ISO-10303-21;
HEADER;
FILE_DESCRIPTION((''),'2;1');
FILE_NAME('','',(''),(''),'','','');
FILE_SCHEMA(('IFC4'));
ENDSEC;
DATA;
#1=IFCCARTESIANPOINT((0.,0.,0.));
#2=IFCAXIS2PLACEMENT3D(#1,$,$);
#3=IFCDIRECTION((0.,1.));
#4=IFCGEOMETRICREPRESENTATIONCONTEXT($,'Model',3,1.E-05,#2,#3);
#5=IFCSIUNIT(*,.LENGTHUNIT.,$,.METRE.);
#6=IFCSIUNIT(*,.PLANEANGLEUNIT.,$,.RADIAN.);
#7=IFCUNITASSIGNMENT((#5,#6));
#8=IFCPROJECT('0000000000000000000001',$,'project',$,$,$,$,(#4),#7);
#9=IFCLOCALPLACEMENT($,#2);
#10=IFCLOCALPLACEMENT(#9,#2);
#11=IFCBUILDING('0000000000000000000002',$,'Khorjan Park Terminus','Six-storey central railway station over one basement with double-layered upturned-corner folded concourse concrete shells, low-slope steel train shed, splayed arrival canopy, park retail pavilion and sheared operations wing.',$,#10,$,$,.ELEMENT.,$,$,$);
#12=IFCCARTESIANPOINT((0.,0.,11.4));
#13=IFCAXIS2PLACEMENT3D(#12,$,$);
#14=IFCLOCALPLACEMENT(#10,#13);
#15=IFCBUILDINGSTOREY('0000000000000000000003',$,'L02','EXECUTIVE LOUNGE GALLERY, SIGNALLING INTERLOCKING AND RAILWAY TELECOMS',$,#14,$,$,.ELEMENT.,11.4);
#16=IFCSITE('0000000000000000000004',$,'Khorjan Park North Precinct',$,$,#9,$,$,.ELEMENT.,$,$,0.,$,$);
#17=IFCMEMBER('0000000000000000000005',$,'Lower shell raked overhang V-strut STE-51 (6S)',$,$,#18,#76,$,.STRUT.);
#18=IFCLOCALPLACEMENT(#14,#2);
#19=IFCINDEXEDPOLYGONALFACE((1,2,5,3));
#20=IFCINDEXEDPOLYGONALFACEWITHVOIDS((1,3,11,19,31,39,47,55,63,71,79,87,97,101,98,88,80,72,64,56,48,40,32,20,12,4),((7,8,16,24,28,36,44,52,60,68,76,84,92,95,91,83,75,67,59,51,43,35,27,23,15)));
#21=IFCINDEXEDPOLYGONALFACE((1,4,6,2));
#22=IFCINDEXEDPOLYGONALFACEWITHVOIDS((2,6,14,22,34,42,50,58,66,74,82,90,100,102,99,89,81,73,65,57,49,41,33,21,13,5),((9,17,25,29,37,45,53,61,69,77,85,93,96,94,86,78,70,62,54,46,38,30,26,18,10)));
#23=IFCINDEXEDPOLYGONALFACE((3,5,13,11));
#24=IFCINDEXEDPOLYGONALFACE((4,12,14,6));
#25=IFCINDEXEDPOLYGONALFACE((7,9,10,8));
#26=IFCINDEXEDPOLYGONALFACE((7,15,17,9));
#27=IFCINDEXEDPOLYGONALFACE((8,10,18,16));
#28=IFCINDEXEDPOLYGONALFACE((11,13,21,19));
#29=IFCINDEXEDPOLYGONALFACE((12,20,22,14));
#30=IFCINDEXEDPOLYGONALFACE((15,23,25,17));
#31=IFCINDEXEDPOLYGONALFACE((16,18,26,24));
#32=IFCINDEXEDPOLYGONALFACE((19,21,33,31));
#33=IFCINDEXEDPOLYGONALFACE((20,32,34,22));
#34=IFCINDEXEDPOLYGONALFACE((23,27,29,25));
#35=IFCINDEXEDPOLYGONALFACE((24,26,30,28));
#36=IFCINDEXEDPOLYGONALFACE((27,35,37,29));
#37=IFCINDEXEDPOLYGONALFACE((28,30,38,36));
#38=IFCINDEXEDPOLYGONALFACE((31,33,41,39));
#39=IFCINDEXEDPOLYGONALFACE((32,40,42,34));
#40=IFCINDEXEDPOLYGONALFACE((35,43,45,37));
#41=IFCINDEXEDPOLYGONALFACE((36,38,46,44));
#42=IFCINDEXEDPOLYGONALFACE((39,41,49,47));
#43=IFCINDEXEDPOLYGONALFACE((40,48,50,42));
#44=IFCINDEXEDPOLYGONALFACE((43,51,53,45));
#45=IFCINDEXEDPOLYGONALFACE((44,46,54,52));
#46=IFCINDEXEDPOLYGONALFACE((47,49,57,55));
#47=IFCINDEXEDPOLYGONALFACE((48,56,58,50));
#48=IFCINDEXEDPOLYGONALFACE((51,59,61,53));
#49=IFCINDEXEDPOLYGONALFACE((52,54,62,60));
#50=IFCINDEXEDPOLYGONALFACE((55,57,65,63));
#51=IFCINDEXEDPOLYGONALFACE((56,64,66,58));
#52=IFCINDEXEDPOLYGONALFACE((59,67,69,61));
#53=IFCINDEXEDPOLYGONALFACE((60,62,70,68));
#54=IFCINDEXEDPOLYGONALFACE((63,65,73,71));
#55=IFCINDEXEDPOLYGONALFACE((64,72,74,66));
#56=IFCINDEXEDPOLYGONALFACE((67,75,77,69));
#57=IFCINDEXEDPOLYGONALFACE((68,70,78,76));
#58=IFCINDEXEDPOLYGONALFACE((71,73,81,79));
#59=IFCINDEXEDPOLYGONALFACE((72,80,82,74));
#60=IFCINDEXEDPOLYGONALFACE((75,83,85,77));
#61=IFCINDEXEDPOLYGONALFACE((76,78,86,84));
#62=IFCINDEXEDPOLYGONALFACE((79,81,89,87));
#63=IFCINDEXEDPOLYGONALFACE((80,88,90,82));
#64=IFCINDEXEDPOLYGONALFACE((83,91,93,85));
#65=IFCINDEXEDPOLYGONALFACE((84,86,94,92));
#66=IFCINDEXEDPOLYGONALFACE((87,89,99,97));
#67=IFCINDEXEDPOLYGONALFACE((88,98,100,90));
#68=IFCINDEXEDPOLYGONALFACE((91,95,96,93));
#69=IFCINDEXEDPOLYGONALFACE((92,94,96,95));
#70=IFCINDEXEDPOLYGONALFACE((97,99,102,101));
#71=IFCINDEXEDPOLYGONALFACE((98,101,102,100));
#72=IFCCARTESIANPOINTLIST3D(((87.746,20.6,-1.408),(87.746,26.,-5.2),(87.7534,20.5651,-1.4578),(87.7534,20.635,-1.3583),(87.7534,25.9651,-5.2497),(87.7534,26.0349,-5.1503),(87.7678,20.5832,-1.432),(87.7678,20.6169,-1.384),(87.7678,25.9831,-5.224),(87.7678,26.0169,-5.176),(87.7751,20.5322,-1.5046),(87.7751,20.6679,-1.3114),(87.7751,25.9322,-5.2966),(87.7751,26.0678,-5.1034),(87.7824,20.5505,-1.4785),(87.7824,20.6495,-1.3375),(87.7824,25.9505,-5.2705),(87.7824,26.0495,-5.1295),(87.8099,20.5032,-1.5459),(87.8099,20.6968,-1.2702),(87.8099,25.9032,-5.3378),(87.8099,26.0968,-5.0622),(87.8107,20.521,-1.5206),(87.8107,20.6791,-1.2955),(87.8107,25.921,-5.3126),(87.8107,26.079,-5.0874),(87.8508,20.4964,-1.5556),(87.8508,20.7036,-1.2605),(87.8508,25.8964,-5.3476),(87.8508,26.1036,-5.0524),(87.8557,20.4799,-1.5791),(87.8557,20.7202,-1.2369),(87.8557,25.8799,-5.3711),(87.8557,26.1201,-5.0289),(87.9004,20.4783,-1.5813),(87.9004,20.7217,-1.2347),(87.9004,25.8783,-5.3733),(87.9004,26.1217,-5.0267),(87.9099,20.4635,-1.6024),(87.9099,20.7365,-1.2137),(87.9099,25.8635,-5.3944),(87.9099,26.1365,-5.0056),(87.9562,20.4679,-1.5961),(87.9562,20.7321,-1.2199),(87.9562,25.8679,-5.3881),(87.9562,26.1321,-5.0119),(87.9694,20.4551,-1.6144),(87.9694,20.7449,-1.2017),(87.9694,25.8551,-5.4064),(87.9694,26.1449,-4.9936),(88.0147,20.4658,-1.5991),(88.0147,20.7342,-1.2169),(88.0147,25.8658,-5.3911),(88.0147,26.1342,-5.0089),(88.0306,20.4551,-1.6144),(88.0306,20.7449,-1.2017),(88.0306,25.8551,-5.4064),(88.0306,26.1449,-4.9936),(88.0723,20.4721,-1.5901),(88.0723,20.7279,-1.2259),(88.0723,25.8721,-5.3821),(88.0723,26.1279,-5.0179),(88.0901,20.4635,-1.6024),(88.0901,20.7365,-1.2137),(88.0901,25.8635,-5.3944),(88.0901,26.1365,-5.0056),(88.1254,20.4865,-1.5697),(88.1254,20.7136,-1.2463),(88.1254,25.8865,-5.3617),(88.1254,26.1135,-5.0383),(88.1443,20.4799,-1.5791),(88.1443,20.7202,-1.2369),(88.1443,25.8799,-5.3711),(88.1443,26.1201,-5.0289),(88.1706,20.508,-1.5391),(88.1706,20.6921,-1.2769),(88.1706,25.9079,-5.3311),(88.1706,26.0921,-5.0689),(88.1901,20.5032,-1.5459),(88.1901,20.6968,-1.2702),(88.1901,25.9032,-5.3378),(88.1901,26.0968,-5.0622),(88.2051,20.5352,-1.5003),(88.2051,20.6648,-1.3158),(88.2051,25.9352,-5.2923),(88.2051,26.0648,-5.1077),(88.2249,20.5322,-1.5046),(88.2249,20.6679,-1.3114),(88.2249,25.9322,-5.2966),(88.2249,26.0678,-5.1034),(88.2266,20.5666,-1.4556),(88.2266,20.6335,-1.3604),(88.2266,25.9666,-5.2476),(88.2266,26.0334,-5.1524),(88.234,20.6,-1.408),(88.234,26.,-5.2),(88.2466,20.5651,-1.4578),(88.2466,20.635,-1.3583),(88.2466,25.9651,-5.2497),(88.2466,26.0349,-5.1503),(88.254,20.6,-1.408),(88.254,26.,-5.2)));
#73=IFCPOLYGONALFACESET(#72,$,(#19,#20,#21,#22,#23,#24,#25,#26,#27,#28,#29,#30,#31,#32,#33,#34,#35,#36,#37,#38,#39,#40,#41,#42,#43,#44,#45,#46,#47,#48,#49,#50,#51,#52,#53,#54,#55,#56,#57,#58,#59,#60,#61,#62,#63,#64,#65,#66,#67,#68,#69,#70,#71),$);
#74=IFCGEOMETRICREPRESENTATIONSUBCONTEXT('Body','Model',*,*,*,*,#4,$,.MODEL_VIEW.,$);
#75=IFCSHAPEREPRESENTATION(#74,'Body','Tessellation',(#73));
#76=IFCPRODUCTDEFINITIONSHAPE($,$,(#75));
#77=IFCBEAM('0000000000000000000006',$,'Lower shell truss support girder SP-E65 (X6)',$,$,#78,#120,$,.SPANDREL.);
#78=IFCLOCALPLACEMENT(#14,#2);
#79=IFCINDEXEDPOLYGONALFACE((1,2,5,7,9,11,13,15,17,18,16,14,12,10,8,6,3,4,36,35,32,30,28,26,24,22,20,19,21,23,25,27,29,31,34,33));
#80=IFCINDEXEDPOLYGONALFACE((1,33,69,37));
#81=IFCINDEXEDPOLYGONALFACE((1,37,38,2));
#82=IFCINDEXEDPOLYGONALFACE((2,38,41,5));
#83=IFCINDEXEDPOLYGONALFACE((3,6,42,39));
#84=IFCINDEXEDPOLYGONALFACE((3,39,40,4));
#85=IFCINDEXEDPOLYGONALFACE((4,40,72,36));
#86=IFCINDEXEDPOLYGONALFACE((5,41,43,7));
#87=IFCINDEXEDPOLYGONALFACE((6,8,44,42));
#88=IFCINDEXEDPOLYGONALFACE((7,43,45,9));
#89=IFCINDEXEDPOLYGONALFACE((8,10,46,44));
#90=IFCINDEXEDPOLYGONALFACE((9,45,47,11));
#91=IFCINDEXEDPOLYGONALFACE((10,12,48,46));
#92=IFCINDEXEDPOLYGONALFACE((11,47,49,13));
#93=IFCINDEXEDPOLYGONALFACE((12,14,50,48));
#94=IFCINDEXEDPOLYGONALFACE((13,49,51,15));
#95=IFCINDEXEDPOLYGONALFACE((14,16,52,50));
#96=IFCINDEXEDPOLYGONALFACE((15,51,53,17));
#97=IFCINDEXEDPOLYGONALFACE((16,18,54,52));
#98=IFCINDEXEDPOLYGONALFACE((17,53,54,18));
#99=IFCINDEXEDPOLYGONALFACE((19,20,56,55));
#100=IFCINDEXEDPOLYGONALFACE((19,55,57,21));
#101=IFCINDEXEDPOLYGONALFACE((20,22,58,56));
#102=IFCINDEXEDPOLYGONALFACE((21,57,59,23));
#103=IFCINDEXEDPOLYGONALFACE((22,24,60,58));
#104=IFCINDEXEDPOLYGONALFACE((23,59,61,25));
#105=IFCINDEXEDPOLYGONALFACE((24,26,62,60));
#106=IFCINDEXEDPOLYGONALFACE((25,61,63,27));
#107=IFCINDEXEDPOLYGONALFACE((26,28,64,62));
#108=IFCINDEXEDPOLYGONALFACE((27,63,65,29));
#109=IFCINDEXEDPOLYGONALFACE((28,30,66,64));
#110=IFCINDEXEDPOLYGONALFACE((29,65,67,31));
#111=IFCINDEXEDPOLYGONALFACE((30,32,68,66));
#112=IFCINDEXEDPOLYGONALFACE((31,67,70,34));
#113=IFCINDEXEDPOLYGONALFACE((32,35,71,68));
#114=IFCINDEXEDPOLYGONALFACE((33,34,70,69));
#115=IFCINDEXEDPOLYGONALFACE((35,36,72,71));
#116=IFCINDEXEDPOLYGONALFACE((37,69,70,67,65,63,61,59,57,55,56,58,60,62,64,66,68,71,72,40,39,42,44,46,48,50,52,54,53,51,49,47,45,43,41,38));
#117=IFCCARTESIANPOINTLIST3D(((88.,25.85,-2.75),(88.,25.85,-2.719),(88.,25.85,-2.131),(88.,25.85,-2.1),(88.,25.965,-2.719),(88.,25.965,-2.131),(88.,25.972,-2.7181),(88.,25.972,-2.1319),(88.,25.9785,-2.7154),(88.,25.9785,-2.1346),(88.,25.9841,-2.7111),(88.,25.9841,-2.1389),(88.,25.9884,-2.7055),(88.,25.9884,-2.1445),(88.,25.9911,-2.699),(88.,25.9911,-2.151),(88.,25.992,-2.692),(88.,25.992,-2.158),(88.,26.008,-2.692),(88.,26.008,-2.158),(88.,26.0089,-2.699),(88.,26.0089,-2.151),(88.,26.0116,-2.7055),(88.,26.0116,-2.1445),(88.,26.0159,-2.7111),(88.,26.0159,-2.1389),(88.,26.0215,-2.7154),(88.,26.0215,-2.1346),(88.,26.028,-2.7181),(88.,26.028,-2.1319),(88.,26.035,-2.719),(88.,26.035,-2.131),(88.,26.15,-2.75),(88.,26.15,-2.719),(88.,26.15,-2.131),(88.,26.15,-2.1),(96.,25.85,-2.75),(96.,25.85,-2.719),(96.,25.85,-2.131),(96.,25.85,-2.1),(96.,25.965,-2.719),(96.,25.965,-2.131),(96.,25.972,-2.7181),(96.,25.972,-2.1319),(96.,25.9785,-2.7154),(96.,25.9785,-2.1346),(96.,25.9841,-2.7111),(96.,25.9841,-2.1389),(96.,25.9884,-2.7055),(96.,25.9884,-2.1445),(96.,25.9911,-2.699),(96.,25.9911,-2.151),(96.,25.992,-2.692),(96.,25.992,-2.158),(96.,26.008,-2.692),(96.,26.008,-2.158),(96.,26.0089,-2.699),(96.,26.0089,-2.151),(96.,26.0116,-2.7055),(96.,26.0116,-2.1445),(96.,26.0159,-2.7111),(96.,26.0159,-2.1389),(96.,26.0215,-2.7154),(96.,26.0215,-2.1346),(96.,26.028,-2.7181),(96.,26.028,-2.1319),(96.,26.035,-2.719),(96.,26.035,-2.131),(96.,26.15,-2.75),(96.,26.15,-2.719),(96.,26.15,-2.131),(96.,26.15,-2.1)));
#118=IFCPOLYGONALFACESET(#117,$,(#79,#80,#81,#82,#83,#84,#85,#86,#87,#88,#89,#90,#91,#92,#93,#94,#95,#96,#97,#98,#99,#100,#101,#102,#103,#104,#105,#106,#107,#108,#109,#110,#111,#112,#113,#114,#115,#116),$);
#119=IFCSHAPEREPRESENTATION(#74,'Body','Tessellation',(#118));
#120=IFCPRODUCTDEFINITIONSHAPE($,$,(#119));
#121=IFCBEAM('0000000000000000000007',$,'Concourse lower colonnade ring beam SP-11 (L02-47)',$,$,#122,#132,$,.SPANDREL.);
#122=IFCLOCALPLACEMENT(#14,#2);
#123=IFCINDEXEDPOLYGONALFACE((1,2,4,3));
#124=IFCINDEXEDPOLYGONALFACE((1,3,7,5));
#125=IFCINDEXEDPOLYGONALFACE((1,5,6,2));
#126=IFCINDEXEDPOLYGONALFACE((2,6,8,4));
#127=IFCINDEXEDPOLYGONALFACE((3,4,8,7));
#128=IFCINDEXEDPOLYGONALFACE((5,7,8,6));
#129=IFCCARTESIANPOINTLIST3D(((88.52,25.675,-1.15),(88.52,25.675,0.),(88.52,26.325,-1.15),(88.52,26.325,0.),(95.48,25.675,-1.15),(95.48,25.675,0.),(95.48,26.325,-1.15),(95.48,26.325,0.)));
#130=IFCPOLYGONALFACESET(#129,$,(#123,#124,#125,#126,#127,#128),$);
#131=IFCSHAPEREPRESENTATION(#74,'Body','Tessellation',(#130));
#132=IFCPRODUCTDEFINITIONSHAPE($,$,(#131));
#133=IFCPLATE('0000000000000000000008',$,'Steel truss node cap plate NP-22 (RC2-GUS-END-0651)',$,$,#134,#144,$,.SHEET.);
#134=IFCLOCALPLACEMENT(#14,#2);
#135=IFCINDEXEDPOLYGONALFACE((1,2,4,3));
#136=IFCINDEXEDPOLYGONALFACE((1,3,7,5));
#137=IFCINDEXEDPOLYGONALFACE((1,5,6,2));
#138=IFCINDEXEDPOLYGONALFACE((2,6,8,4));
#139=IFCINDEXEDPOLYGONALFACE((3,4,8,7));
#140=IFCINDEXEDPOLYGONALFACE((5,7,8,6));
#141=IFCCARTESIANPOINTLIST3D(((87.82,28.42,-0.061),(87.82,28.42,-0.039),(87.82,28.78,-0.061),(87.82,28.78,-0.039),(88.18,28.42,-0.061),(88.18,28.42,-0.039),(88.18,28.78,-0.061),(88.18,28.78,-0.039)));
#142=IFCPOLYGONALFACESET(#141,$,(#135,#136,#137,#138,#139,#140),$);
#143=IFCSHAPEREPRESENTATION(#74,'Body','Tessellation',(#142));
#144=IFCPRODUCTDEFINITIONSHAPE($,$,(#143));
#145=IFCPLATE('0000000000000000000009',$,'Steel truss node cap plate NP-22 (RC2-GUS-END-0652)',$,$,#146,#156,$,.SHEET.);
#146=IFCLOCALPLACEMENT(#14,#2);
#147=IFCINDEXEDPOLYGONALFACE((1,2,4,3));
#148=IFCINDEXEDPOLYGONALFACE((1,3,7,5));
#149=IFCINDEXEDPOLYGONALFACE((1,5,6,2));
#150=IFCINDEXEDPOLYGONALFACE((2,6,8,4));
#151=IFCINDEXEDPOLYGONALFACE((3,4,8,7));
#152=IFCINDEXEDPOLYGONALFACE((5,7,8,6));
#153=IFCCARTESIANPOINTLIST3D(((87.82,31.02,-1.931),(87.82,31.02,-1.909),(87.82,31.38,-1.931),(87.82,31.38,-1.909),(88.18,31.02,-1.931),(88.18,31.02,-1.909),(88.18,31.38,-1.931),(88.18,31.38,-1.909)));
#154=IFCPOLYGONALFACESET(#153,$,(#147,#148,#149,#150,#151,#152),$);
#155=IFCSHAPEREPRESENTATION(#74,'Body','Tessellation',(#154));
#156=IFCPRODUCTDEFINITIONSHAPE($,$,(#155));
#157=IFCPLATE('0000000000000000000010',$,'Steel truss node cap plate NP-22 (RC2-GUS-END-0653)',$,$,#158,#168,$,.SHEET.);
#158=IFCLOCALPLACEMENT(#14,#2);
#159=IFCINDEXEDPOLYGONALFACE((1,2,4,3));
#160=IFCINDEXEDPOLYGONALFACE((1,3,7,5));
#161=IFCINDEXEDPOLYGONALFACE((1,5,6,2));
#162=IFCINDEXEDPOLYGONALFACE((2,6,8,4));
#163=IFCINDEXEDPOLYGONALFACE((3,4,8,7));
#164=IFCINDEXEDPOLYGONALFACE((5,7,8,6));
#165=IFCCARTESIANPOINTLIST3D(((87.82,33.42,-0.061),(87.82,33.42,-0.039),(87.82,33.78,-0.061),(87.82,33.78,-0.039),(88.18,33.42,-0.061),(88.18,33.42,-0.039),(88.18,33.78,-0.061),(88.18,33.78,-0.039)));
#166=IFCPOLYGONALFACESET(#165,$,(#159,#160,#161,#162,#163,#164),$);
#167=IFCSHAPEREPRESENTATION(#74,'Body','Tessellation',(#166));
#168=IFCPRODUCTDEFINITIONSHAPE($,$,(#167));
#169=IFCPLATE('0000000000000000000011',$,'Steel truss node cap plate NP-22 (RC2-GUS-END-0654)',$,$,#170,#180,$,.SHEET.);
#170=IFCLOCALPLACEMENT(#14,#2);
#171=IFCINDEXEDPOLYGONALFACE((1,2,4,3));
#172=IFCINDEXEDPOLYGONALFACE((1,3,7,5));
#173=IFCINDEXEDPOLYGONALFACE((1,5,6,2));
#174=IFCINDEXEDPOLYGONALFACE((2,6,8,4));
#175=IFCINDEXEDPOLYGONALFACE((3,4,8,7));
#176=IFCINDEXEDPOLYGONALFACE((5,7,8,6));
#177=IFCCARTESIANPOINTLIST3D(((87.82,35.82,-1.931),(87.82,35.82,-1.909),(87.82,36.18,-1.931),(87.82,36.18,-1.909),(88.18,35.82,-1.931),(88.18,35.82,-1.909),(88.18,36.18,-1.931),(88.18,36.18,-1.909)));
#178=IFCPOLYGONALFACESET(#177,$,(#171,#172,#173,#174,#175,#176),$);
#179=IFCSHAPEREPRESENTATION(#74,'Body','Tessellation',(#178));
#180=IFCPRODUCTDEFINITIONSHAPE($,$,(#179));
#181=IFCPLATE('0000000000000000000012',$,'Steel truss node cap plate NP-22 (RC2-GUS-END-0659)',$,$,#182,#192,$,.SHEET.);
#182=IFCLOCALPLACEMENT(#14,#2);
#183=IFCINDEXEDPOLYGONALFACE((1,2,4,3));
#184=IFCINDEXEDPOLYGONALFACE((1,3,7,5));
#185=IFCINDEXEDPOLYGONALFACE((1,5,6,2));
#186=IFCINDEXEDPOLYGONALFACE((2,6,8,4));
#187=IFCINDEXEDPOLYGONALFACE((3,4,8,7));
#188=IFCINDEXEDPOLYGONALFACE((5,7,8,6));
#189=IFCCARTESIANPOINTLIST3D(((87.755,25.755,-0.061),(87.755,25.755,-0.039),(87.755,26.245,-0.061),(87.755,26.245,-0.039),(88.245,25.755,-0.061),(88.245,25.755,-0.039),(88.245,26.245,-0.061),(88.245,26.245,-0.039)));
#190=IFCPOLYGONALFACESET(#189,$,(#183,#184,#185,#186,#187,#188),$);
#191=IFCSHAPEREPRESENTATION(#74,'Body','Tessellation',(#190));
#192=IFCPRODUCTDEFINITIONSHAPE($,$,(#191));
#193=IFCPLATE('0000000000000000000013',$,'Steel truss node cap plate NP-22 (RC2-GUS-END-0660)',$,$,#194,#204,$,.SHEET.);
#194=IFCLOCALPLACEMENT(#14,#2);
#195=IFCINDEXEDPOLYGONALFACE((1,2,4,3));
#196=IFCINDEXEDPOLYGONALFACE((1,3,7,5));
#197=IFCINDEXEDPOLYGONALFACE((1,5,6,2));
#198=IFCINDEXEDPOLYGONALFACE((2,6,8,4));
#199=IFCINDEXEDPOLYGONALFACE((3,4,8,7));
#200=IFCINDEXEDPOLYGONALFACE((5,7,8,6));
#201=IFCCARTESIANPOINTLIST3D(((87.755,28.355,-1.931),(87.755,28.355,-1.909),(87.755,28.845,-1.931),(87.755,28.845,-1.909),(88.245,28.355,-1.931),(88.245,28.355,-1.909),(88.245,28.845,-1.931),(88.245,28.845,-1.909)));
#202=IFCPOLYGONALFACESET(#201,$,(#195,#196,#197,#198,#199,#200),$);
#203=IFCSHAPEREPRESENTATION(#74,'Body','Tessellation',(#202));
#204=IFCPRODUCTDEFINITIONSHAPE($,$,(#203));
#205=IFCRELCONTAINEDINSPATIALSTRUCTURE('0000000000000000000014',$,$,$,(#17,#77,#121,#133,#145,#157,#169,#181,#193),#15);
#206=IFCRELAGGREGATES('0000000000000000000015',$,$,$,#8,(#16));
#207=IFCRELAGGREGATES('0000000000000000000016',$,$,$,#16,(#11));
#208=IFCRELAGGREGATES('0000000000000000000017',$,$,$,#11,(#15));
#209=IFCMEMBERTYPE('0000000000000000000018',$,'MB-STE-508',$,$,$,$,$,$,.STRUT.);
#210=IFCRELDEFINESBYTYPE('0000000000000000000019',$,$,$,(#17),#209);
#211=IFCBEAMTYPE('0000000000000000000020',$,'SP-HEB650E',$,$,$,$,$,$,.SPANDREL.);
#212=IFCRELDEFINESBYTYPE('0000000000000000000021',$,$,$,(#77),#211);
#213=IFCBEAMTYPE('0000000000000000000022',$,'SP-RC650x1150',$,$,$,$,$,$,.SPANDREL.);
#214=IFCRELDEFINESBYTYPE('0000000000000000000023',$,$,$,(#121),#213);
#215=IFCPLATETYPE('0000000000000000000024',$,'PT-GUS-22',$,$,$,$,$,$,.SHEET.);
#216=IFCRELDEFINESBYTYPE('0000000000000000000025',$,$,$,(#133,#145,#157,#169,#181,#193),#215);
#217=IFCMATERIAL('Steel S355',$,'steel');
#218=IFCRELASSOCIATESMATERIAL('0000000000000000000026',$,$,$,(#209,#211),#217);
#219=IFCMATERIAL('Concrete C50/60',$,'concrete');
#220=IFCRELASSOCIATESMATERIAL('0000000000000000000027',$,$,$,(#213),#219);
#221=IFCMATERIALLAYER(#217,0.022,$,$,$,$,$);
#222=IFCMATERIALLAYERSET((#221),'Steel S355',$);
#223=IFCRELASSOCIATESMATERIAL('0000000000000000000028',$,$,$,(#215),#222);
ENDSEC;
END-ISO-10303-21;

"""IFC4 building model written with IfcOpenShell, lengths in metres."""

from ifc_helpers import new_model, si_unit, direction, frame, origin, origin_2d, place, context, subcontext, project, spatial, rectangle, hollow_circle, i_section, extrude, material, layer, layer_set, material_profile, profile_set, type_object, element, save


model = new_model("IFC4")

# Units and contexts
model_context = context("Model", 3, precision=1e-05, world=origin(), true_north=direction((0.0, 1.0)))
body_context = subcontext(model_context, "Body", "Model", "MODEL_VIEW")
ifc_project = project(units=[si_unit("LENGTHUNIT", "METRE"), si_unit("PLANEANGLEUNIT", "RADIAN")], contexts=[model_context])

# Site, building, storey
site_placement = place(None, origin())
site = spatial("IfcSite", under=ifc_project, at=site_placement, Name="Khorjan Park North Precinct", CompositionType="ELEMENT", RefElevation=0.0)
building_placement = place(site_placement, origin())
building = spatial("IfcBuilding", under=site, at=building_placement, Name="Khorjan Park Terminus", Description="Six-storey central railway station over one basement with double-layered upturned-corner folded concourse concrete shells, low-slope steel train shed, splayed arrival canopy, park retail pavilion and sheared operations wing.", CompositionType="ELEMENT")
storey_placement = place(building_placement, frame((0.0, 0.0, 11.4)))
storey = spatial("IfcBuildingStorey", under=building, at=storey_placement, Name="L02", Description="EXECUTIVE LOUNGE GALLERY, SIGNALLING INTERLOCKING AND RAILWAY TELECOMS", CompositionType="ELEMENT", Elevation=11.4)

# Shared definitions
ifc_material_1 = material(Name="Concrete C50/60", Category="concrete")

# Member
ifc_material_2 = material(Name="Steel S355", Category="steel")
ifc_material_profile_1 = material_profile(ifc_material_2, hollow_circle(Radius=0.254, WallThickness=0.02, at=origin_2d()), Name="CHS 508x20")
ifc_profile_set_1 = profile_set([ifc_material_profile_1], Name="Steel S355")
member_type_1 = type_object("IfcMemberType", Name="MB-STE-508", PredefinedType="STRUT", material=ifc_profile_set_1)
member_1_placement = place(storey_placement, frame((88.0, 26.0, -5.2), z_axis=(0.0, -0.818377, 0.574682), x_axis=(1.0, 0.0, 0.0)))
element("IfcMember", 1, at=member_1_placement, inside=storey, type_object=member_type_1, Name="Lower shell raked overhang V-strut STE-51 (6S)", PredefinedType="STRUT", context=body_context, shape_type="SweptSolid", body=[
    extrude(hollow_circle(Radius=0.254, WallThickness=0.02, at=origin_2d()), origin(), (0.0, 0.0, 1.0), 6.5984),
])

# Beams
ifc_material_profile_2 = material_profile(ifc_material_2, i_section(OverallWidth=0.3, OverallDepth=0.65, WebThickness=0.016, FlangeThickness=0.031, FilletRadius=0.027, at=origin_2d()), Name="HEB 650")
ifc_profile_set_2 = profile_set([ifc_material_profile_2], Name="Steel S355")
beam_type_1 = type_object("IfcBeamType", Name="SP-HEB650E", PredefinedType="SPANDREL", material=ifc_profile_set_2)
beam_1_placement = place(storey_placement, frame((88.0, 26.0, -2.425), z_axis=(1.0, 0.0, 0.0), x_axis=(0.0, 1.0, 0.0)))
element("IfcBeam", 2, at=beam_1_placement, inside=storey, type_object=beam_type_1, Name="Lower shell truss support girder SP-E65 (X6)", PredefinedType="SPANDREL", context=body_context, shape_type="SweptSolid", body=[
    extrude(i_section(OverallWidth=0.3, OverallDepth=0.65, WebThickness=0.016, FlangeThickness=0.031, FilletRadius=0.027, at=origin_2d()), origin(), (0.0, 0.0, 1.0), 8.0),
])
ifc_material_profile_3 = material_profile(ifc_material_1, rectangle(XDim=0.65, YDim=1.15, at=origin_2d()), Name="RC 650x1150")
ifc_profile_set_3 = profile_set([ifc_material_profile_3], Name="Concrete C50/60")
beam_type_2 = type_object("IfcBeamType", Name="SP-RC650x1150", PredefinedType="SPANDREL", material=ifc_profile_set_3)
beam_2_placement = place(storey_placement, frame((88.52, 26.0, -0.575), z_axis=(1.0, 0.0, 0.0), x_axis=(0.0, 1.0, 0.0)))
element("IfcBeam", 3, at=beam_2_placement, inside=storey, type_object=beam_type_2, Name="Concourse lower colonnade ring beam SP-11 (L02-47)", PredefinedType="SPANDREL", context=body_context, shape_type="SweptSolid", body=[
    extrude(rectangle(XDim=0.65, YDim=1.15, at=origin_2d()), origin(), (0.0, 0.0, 1.0), 6.96),
])

# Plates
ifc_layer_1 = layer(ifc_material_2, 0.022)
ifc_layer_set_1 = layer_set([ifc_layer_1], Name="Steel S355")
plate_type_1 = type_object("IfcPlateType", Name="PT-GUS-22", PredefinedType="SHEET", material=ifc_layer_set_1)
for number, where, z_axis, x_axis, name in (
    (4, (88.0, 28.6, -0.061), (0.0, 0.0, 1.0), (1.0, 0.0, 0.0), "Steel truss node cap plate NP-22 (RC2-GUS-END-0651)"),
    (5, (88.0, 31.2, -1.931), (0.0, 0.0, 1.0), (1.0, 0.0, 0.0), "Steel truss node cap plate NP-22 (RC2-GUS-END-0652)"),
    (6, (88.0, 33.6, -0.061), (0.0, 0.0, 1.0), (1.0, 0.0, 0.0), "Steel truss node cap plate NP-22 (RC2-GUS-END-0653)"),
    (7, (88.0, 36.0, -1.931), (0.0, 0.0, 1.0), (1.0, 0.0, 0.0), "Steel truss node cap plate NP-22 (RC2-GUS-END-0654)"),
):
    element("IfcPlate", number, at=place(storey_placement, frame(where, z_axis=z_axis, x_axis=x_axis)), inside=storey, type_object=plate_type_1, Name=name, PredefinedType="SHEET", context=body_context, shape_type="SweptSolid", body=[
        extrude(rectangle(XDim=0.36, YDim=0.36, at=origin_2d()), origin(), (0.0, 0.0, 1.0), 0.022),
    ])
for number, where, z_axis, x_axis, name in (
    (8, (88.0, 26.0, -0.061), (0.0, 0.0, 1.0), (1.0, 0.0, 0.0), "Steel truss node cap plate NP-22 (RC2-GUS-END-0659)"),
    (9, (88.0, 28.6, -1.931), (0.0, 0.0, 1.0), (1.0, 0.0, 0.0), "Steel truss node cap plate NP-22 (RC2-GUS-END-0660)"),
):
    element("IfcPlate", number, at=place(storey_placement, frame(where, z_axis=z_axis, x_axis=x_axis)), inside=storey, type_object=plate_type_1, Name=name, PredefinedType="SHEET", context=body_context, shape_type="SweptSolid", body=[
        extrude(rectangle(XDim=0.49, YDim=0.49, at=origin_2d()), origin(), (0.0, 0.0, 1.0), 0.022),
    ])

save(model, "model.ifc")
